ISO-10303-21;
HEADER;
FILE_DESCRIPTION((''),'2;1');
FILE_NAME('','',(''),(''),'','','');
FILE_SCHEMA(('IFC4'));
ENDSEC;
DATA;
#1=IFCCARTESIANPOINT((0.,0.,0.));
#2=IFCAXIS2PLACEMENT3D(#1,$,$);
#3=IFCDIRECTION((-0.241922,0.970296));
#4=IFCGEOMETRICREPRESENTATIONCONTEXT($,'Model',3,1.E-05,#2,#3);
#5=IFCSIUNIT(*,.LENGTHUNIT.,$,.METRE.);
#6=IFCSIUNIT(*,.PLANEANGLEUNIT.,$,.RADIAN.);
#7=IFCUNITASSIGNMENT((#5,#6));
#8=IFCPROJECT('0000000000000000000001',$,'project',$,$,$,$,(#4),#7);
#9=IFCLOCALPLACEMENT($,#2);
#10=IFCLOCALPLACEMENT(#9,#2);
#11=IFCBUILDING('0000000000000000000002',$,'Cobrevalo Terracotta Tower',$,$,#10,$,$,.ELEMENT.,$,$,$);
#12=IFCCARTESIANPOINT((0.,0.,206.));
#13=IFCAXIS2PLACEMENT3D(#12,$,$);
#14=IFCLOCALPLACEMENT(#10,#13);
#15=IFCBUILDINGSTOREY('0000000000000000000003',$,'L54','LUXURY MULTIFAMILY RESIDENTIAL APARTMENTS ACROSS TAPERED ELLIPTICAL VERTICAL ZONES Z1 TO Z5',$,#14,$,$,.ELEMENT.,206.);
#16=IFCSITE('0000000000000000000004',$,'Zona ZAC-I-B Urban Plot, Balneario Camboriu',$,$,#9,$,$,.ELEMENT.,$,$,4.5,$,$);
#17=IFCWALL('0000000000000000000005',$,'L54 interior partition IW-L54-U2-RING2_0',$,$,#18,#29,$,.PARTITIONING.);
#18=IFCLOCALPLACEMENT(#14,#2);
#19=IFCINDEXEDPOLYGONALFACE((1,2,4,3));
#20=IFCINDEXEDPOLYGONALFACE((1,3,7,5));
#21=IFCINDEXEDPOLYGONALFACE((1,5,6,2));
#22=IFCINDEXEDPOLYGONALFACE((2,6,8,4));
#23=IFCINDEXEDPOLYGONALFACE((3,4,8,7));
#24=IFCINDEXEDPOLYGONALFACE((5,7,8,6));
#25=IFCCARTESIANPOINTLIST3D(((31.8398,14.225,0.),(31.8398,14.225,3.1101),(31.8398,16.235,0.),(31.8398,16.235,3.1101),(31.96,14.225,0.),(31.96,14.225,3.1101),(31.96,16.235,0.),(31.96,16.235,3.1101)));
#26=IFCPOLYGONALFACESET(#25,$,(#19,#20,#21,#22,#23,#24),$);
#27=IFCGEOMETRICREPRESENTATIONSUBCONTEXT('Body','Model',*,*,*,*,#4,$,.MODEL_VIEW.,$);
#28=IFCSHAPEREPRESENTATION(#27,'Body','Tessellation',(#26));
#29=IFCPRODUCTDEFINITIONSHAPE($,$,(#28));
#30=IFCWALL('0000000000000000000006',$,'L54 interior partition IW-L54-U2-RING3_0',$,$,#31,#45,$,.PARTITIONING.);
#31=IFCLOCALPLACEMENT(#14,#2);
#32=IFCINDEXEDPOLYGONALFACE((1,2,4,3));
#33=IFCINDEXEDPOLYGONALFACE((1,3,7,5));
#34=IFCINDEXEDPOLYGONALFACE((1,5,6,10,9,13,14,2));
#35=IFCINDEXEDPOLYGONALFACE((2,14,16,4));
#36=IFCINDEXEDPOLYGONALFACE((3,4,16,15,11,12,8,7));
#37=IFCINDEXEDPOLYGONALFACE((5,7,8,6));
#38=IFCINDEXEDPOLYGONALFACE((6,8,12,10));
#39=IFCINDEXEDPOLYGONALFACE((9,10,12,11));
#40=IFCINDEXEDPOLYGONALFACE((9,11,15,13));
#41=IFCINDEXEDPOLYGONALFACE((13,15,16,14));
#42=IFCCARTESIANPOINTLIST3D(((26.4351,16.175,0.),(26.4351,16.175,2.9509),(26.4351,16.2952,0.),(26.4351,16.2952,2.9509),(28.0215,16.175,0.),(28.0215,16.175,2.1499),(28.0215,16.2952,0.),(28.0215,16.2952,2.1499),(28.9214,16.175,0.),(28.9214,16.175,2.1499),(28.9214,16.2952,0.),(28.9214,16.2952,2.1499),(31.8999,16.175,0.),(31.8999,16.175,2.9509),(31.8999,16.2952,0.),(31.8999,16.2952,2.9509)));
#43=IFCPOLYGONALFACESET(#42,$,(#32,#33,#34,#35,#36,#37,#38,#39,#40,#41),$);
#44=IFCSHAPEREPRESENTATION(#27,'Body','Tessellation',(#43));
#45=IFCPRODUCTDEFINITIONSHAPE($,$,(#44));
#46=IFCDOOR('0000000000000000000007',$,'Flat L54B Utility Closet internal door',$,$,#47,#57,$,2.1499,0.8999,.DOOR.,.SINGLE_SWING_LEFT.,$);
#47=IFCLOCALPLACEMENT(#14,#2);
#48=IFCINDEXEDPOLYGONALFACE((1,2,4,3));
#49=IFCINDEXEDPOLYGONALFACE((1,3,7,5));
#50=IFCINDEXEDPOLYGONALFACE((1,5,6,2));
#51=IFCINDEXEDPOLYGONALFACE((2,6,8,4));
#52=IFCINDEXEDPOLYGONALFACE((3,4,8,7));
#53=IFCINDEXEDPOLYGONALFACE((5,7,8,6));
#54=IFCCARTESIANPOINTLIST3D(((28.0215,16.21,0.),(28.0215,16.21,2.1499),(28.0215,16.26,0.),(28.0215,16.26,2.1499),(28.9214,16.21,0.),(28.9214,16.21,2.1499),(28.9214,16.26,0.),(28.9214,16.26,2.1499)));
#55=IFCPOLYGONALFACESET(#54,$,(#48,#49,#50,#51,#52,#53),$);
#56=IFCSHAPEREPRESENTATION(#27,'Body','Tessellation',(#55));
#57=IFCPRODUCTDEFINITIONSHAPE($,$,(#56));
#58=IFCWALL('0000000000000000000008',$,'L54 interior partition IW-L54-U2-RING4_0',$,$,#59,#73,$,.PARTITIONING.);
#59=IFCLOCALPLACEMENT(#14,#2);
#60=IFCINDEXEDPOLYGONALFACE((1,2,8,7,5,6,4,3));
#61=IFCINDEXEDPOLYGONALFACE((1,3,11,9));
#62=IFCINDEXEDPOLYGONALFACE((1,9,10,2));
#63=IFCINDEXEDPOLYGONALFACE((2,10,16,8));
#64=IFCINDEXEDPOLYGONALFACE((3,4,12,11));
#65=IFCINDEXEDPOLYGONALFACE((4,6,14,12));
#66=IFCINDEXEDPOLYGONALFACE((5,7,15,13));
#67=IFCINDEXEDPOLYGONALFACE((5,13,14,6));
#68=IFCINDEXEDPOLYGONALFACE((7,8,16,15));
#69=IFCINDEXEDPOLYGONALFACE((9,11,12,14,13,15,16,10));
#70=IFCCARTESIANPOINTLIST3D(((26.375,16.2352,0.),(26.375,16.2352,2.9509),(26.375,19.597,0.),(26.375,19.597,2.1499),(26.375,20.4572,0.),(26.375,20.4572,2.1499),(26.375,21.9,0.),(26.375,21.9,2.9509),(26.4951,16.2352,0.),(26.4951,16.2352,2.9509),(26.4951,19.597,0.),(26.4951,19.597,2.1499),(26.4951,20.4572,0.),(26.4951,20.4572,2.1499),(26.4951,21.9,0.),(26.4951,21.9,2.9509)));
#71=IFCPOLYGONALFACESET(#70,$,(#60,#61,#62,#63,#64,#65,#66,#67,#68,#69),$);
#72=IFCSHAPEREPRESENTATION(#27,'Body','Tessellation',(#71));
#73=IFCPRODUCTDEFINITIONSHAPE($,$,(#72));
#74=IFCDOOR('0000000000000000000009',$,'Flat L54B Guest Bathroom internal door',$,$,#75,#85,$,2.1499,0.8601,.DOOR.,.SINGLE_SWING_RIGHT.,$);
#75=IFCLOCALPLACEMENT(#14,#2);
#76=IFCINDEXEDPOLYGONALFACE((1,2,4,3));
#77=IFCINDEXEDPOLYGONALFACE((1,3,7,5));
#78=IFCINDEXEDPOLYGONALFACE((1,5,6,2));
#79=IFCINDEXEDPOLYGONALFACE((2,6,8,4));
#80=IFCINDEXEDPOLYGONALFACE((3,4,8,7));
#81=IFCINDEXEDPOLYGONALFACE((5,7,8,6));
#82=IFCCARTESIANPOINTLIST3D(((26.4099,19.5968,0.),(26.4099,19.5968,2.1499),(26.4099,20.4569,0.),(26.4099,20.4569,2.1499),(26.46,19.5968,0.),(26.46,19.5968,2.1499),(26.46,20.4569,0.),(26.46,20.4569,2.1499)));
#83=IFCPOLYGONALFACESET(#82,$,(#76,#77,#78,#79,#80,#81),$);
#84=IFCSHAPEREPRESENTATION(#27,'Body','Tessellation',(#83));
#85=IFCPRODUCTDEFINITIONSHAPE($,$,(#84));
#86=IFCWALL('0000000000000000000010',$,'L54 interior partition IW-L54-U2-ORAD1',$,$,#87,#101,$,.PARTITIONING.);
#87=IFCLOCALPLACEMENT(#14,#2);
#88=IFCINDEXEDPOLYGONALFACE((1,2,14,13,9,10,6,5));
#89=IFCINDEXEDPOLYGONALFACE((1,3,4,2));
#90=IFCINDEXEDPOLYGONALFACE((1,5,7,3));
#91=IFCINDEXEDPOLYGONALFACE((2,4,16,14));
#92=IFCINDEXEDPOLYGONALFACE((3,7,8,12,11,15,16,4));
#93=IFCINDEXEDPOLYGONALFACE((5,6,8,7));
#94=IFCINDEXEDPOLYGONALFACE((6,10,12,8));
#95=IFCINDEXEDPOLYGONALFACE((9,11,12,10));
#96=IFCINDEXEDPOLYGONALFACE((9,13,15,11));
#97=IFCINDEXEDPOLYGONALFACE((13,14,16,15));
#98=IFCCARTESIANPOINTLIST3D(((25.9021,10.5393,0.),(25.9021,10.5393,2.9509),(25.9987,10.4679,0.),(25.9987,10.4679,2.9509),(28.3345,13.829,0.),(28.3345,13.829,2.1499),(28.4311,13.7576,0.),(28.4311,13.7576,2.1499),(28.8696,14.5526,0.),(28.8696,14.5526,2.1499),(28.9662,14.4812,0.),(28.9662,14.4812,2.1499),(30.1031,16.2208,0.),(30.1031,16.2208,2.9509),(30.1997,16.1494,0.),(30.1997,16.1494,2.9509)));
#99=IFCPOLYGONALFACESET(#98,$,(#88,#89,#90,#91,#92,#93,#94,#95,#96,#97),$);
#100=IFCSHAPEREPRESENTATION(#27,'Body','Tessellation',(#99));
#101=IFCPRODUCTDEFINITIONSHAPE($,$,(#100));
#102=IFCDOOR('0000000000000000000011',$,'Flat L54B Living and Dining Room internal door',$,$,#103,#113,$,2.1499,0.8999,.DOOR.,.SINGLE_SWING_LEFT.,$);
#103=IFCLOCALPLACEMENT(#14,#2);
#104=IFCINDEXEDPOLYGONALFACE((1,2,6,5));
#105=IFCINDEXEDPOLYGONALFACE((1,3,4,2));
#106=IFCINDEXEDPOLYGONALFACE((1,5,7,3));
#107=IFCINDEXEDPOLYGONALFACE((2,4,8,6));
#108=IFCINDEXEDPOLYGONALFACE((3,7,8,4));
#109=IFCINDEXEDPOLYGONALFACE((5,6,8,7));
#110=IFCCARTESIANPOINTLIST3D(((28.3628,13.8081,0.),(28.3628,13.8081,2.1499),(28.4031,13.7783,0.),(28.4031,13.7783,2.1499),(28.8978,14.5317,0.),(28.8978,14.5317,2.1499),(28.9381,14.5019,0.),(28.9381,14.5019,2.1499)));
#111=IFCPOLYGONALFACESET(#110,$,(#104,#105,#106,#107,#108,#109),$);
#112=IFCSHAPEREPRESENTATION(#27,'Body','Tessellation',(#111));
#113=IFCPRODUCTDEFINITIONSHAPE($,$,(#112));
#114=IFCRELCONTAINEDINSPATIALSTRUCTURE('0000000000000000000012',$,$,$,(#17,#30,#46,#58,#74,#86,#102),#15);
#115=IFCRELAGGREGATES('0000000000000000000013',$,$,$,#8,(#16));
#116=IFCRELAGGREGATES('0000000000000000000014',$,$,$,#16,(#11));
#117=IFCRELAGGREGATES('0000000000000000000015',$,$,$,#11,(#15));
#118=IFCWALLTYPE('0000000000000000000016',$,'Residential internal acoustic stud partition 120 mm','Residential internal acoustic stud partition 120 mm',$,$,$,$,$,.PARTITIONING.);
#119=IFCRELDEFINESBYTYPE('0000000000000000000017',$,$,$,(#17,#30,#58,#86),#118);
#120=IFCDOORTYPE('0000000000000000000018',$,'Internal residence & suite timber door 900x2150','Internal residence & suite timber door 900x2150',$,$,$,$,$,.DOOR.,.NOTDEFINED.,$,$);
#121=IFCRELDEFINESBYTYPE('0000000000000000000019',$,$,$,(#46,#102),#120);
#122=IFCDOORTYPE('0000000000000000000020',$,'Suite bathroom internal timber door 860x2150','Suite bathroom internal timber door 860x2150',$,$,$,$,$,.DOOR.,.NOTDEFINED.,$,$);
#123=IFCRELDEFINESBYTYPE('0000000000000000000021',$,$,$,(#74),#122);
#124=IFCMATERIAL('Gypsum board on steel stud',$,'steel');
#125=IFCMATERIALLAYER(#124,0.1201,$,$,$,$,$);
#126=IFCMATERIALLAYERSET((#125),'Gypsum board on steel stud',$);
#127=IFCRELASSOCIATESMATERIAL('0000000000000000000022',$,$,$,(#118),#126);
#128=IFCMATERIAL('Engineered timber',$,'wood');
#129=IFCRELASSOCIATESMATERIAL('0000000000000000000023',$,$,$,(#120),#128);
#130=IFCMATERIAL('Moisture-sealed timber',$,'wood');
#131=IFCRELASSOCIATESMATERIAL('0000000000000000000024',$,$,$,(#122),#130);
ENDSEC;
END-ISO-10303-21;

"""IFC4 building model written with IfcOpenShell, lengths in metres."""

from ifc_helpers import new_model, si_unit, direction, frame, frame_2d, origin, place, context, subcontext, project, spatial, rectangle, extrude, source, transform, mapped, material, layer, layer_set, type_object, element, fill, save


model = new_model("IFC4")

# Units and contexts
model_context = context("Model", 3, precision=1e-05, world=origin(), true_north=direction((-0.241922, 0.970296)))
body_context = subcontext(model_context, "Body", "Model", "MODEL_VIEW")
ifc_project = project(units=[si_unit("LENGTHUNIT", "METRE"), si_unit("PLANEANGLEUNIT", "RADIAN")], contexts=[model_context])

# Site, building, storey
site_placement = place(None, origin())
site = spatial("IfcSite", under=ifc_project, at=site_placement, Name="Zona ZAC-I-B Urban Plot, Balneario Camboriu", CompositionType="ELEMENT", RefElevation=4.5)
building_placement = place(site_placement, origin())
building = spatial("IfcBuilding", under=site, at=building_placement, Name="Cobrevalo Terracotta Tower", CompositionType="ELEMENT")
storey_placement = place(building_placement, frame((0.0, 0.0, 206.0)))
storey = spatial("IfcBuildingStorey", under=building, at=storey_placement, Name="L54", Description="LUXURY MULTIFAMILY RESIDENTIAL APARTMENTS ACROSS TAPERED ELLIPTICAL VERTICAL ZONES Z1 TO Z5", CompositionType="ELEMENT", Elevation=206.0)

# Wall
ifc_material_1 = material(Name="Gypsum board on steel stud", Category="steel")
ifc_layer_1 = layer(ifc_material_1, 0.1201)
ifc_layer_set_1 = layer_set([ifc_layer_1], Name="Gypsum board on steel stud")
wall_type_1 = type_object("IfcWallType", Name="Residential internal acoustic stud partition 120 mm", Description="Residential internal acoustic stud partition 120 mm", PredefinedType="PARTITIONING", material=ifc_layer_set_1)
wall_1_placement = place(storey_placement, frame((31.8999, 14.2251, 0.0), z_axis=(0.0, 0.0, 1.0), x_axis=(0.0, 1.0, 0.0)))
element("IfcWall", 1, at=wall_1_placement, inside=storey, type_object=wall_type_1, Name="L54 interior partition IW-L54-U2-RING2_0", PredefinedType="PARTITIONING", context=body_context, shape_type="SweptSolid", body=[
    extrude(rectangle(XDim=2.01, YDim=0.1201, at=frame_2d((1.0049, 0.0))), origin(), (0.0, 0.0, 1.0), 3.1101),
])

# Walls, openings, doors
wall_2_placement = place(storey_placement, frame((31.8999, 16.2351, 0.0), z_axis=(0.0, 0.0, 1.0), x_axis=(-1.0, 0.0, 0.0)))
wall_2 = element("IfcWall", 2, at=wall_2_placement, inside=storey, type_object=wall_type_1, Name="L54 interior partition IW-L54-U2-RING3_0", PredefinedType="PARTITIONING", context=body_context, shape_type="SweptSolid", body=[
    extrude(rectangle(XDim=5.4648, YDim=0.1201, at=frame_2d((2.7324, 0.0))), origin(), (0.0, 0.0, 1.0), 2.9509),
])
opening_1_placement = place(wall_2_placement, frame((2.9785, 0.0, 0.0)))
opening_1 = element("IfcOpeningElement", 3, at=opening_1_placement, cuts=wall_2, PredefinedType="OPENING", context=body_context, shape_type="SweptSolid", body=[
    extrude(rectangle(XDim=0.8999, YDim=2.1499, at=frame_2d((0.45, 1.075))), frame((0.0, 0.0701, 0.0), z_axis=(0.0, -1.0, 0.0), x_axis=(1.0, 0.0, 0.0)), (0.0, 0.0, 1.0), 0.1401),
])
ifc_material_2 = material(Name="Engineered timber", Category="wood")
door_type_1 = type_object("IfcDoorType", Name="Internal residence & suite timber door 900x2150", Description="Internal residence & suite timber door 900x2150", OperationType="NOTDEFINED", PredefinedType="DOOR", material=ifc_material_2)
shared_shape_1 = source(origin(), body_context, "Body", "SweptSolid", [
    extrude(rectangle(XDim=0.8999, YDim=2.1499, at=frame_2d((0.45, 1.075))), frame((0.0, 0.0249, 0.0), z_axis=(0.0, -1.0, 0.0), x_axis=(1.0, 0.0, 0.0)), (0.0, 0.0, 1.0), 0.05),
])
door_1_placement = place(opening_1_placement, frame((0.8999, 0.0, 0.0), z_axis=(0.0, 0.0, 1.0), x_axis=(-1.0, 0.0, 0.0)))
door_1 = element("IfcDoor", 4, at=door_1_placement, inside=storey, type_object=door_type_1, Name="Flat L54B Utility Closet internal door", OperationType="SINGLE_SWING_LEFT", OverallHeight=2.1499, OverallWidth=0.8999, PredefinedType="DOOR", context=body_context, shape_type="MappedRepresentation", body=[
    mapped(shared_shape_1, transform((0.0, 0.0, 0.0), scale=1.0)),
])
fill(opening_1, door_1)
wall_3_placement = place(storey_placement, frame((26.4351, 16.2351, 0.0), z_axis=(0.0, 0.0, 1.0), x_axis=(0.0, 1.0, 0.0)))
wall_3 = element("IfcWall", 5, at=wall_3_placement, inside=storey, type_object=wall_type_1, Name="L54 interior partition IW-L54-U2-RING4_0", PredefinedType="PARTITIONING", context=body_context, shape_type="SweptSolid", body=[
    extrude(rectangle(XDim=5.6648, YDim=0.1201, at=frame_2d((2.8325, 0.0))), origin(), (0.0, 0.0, 1.0), 2.9509),
])
opening_2_placement = place(wall_3_placement, frame((3.3618, 0.0, 0.0)))
opening_2 = element("IfcOpeningElement", 6, at=opening_2_placement, cuts=wall_3, PredefinedType="OPENING", context=body_context, shape_type="SweptSolid", body=[
    extrude(rectangle(XDim=0.8601, YDim=2.1499, at=frame_2d((0.4302, 1.075))), frame((0.0, 0.0701, 0.0), z_axis=(0.0, -1.0, 0.0), x_axis=(1.0, 0.0, 0.0)), (0.0, 0.0, 1.0), 0.1401),
])
ifc_material_3 = material(Name="Moisture-sealed timber", Category="wood")
door_type_2 = type_object("IfcDoorType", Name="Suite bathroom internal timber door 860x2150", Description="Suite bathroom internal timber door 860x2150", OperationType="NOTDEFINED", PredefinedType="DOOR", material=ifc_material_3)
shared_shape_2 = source(origin(), body_context, "Body", "SweptSolid", [
    extrude(rectangle(XDim=0.8601, YDim=2.1499, at=frame_2d((0.4302, 1.075))), frame((0.0, 0.0249, 0.0), z_axis=(0.0, -1.0, 0.0), x_axis=(1.0, 0.0, 0.0)), (0.0, 0.0, 1.0), 0.05),
])
door_2_placement = place(opening_2_placement, frame((0.8601, 0.0, 0.0), z_axis=(0.0, 0.0, 1.0), x_axis=(-1.0, 0.0, 0.0)))
door_2 = element("IfcDoor", 7, at=door_2_placement, inside=storey, type_object=door_type_2, Name="Flat L54B Guest Bathroom internal door", OperationType="SINGLE_SWING_RIGHT", OverallHeight=2.1499, OverallWidth=0.8601, PredefinedType="DOOR", context=body_context, shape_type="MappedRepresentation", body=[
    mapped(shared_shape_2, transform((0.0, 0.0, 0.0), scale=1.0)),
])
fill(opening_2, door_2)
wall_4_placement = place(storey_placement, frame((30.1514, 16.1851, 0.0), z_axis=(0.0, 0.0, 1.0), x_axis=(-0.594541, -0.804066, 0.0)))
wall_4 = element("IfcWall", 8, at=wall_4_placement, inside=storey, type_object=wall_type_1, Name="L54 interior partition IW-L54-U2-ORAD1", PredefinedType="PARTITIONING", context=body_context, shape_type="SweptSolid", body=[
    extrude(rectangle(XDim=7.0659, YDim=0.1201, at=frame_2d((3.533, 0.0))), origin(), (0.0, 0.0, 1.0), 2.9509),
])
opening_3_placement = place(wall_4_placement, frame((2.0747, 0.0, 0.0)))
opening_3 = element("IfcOpeningElement", 9, at=opening_3_placement, cuts=wall_4, PredefinedType="OPENING", context=body_context, shape_type="SweptSolid", body=[
    extrude(rectangle(XDim=0.8999, YDim=2.1499, at=frame_2d((0.45, 1.075))), frame((0.0, 0.0701, 0.0), z_axis=(0.0, -1.0, 0.0), x_axis=(1.0, 0.0, 0.0)), (0.0, 0.0, 1.0), 0.1401),
])
door_3_placement = place(opening_3_placement, frame((0.8999, 0.0, 0.0), z_axis=(0.0, 0.0, 1.0), x_axis=(-1.0, 0.0, 0.0)))
door_3 = element("IfcDoor", 10, at=door_3_placement, inside=storey, type_object=door_type_1, Name="Flat L54B Living and Dining Room internal door", OperationType="SINGLE_SWING_LEFT", OverallHeight=2.1499, OverallWidth=0.8999, PredefinedType="DOOR", context=body_context, shape_type="MappedRepresentation", body=[
    mapped(shared_shape_1, transform((0.0, 0.0, 0.0), scale=1.0)),
])
fill(opening_3, door_3)

save(model, "model.ifc")
